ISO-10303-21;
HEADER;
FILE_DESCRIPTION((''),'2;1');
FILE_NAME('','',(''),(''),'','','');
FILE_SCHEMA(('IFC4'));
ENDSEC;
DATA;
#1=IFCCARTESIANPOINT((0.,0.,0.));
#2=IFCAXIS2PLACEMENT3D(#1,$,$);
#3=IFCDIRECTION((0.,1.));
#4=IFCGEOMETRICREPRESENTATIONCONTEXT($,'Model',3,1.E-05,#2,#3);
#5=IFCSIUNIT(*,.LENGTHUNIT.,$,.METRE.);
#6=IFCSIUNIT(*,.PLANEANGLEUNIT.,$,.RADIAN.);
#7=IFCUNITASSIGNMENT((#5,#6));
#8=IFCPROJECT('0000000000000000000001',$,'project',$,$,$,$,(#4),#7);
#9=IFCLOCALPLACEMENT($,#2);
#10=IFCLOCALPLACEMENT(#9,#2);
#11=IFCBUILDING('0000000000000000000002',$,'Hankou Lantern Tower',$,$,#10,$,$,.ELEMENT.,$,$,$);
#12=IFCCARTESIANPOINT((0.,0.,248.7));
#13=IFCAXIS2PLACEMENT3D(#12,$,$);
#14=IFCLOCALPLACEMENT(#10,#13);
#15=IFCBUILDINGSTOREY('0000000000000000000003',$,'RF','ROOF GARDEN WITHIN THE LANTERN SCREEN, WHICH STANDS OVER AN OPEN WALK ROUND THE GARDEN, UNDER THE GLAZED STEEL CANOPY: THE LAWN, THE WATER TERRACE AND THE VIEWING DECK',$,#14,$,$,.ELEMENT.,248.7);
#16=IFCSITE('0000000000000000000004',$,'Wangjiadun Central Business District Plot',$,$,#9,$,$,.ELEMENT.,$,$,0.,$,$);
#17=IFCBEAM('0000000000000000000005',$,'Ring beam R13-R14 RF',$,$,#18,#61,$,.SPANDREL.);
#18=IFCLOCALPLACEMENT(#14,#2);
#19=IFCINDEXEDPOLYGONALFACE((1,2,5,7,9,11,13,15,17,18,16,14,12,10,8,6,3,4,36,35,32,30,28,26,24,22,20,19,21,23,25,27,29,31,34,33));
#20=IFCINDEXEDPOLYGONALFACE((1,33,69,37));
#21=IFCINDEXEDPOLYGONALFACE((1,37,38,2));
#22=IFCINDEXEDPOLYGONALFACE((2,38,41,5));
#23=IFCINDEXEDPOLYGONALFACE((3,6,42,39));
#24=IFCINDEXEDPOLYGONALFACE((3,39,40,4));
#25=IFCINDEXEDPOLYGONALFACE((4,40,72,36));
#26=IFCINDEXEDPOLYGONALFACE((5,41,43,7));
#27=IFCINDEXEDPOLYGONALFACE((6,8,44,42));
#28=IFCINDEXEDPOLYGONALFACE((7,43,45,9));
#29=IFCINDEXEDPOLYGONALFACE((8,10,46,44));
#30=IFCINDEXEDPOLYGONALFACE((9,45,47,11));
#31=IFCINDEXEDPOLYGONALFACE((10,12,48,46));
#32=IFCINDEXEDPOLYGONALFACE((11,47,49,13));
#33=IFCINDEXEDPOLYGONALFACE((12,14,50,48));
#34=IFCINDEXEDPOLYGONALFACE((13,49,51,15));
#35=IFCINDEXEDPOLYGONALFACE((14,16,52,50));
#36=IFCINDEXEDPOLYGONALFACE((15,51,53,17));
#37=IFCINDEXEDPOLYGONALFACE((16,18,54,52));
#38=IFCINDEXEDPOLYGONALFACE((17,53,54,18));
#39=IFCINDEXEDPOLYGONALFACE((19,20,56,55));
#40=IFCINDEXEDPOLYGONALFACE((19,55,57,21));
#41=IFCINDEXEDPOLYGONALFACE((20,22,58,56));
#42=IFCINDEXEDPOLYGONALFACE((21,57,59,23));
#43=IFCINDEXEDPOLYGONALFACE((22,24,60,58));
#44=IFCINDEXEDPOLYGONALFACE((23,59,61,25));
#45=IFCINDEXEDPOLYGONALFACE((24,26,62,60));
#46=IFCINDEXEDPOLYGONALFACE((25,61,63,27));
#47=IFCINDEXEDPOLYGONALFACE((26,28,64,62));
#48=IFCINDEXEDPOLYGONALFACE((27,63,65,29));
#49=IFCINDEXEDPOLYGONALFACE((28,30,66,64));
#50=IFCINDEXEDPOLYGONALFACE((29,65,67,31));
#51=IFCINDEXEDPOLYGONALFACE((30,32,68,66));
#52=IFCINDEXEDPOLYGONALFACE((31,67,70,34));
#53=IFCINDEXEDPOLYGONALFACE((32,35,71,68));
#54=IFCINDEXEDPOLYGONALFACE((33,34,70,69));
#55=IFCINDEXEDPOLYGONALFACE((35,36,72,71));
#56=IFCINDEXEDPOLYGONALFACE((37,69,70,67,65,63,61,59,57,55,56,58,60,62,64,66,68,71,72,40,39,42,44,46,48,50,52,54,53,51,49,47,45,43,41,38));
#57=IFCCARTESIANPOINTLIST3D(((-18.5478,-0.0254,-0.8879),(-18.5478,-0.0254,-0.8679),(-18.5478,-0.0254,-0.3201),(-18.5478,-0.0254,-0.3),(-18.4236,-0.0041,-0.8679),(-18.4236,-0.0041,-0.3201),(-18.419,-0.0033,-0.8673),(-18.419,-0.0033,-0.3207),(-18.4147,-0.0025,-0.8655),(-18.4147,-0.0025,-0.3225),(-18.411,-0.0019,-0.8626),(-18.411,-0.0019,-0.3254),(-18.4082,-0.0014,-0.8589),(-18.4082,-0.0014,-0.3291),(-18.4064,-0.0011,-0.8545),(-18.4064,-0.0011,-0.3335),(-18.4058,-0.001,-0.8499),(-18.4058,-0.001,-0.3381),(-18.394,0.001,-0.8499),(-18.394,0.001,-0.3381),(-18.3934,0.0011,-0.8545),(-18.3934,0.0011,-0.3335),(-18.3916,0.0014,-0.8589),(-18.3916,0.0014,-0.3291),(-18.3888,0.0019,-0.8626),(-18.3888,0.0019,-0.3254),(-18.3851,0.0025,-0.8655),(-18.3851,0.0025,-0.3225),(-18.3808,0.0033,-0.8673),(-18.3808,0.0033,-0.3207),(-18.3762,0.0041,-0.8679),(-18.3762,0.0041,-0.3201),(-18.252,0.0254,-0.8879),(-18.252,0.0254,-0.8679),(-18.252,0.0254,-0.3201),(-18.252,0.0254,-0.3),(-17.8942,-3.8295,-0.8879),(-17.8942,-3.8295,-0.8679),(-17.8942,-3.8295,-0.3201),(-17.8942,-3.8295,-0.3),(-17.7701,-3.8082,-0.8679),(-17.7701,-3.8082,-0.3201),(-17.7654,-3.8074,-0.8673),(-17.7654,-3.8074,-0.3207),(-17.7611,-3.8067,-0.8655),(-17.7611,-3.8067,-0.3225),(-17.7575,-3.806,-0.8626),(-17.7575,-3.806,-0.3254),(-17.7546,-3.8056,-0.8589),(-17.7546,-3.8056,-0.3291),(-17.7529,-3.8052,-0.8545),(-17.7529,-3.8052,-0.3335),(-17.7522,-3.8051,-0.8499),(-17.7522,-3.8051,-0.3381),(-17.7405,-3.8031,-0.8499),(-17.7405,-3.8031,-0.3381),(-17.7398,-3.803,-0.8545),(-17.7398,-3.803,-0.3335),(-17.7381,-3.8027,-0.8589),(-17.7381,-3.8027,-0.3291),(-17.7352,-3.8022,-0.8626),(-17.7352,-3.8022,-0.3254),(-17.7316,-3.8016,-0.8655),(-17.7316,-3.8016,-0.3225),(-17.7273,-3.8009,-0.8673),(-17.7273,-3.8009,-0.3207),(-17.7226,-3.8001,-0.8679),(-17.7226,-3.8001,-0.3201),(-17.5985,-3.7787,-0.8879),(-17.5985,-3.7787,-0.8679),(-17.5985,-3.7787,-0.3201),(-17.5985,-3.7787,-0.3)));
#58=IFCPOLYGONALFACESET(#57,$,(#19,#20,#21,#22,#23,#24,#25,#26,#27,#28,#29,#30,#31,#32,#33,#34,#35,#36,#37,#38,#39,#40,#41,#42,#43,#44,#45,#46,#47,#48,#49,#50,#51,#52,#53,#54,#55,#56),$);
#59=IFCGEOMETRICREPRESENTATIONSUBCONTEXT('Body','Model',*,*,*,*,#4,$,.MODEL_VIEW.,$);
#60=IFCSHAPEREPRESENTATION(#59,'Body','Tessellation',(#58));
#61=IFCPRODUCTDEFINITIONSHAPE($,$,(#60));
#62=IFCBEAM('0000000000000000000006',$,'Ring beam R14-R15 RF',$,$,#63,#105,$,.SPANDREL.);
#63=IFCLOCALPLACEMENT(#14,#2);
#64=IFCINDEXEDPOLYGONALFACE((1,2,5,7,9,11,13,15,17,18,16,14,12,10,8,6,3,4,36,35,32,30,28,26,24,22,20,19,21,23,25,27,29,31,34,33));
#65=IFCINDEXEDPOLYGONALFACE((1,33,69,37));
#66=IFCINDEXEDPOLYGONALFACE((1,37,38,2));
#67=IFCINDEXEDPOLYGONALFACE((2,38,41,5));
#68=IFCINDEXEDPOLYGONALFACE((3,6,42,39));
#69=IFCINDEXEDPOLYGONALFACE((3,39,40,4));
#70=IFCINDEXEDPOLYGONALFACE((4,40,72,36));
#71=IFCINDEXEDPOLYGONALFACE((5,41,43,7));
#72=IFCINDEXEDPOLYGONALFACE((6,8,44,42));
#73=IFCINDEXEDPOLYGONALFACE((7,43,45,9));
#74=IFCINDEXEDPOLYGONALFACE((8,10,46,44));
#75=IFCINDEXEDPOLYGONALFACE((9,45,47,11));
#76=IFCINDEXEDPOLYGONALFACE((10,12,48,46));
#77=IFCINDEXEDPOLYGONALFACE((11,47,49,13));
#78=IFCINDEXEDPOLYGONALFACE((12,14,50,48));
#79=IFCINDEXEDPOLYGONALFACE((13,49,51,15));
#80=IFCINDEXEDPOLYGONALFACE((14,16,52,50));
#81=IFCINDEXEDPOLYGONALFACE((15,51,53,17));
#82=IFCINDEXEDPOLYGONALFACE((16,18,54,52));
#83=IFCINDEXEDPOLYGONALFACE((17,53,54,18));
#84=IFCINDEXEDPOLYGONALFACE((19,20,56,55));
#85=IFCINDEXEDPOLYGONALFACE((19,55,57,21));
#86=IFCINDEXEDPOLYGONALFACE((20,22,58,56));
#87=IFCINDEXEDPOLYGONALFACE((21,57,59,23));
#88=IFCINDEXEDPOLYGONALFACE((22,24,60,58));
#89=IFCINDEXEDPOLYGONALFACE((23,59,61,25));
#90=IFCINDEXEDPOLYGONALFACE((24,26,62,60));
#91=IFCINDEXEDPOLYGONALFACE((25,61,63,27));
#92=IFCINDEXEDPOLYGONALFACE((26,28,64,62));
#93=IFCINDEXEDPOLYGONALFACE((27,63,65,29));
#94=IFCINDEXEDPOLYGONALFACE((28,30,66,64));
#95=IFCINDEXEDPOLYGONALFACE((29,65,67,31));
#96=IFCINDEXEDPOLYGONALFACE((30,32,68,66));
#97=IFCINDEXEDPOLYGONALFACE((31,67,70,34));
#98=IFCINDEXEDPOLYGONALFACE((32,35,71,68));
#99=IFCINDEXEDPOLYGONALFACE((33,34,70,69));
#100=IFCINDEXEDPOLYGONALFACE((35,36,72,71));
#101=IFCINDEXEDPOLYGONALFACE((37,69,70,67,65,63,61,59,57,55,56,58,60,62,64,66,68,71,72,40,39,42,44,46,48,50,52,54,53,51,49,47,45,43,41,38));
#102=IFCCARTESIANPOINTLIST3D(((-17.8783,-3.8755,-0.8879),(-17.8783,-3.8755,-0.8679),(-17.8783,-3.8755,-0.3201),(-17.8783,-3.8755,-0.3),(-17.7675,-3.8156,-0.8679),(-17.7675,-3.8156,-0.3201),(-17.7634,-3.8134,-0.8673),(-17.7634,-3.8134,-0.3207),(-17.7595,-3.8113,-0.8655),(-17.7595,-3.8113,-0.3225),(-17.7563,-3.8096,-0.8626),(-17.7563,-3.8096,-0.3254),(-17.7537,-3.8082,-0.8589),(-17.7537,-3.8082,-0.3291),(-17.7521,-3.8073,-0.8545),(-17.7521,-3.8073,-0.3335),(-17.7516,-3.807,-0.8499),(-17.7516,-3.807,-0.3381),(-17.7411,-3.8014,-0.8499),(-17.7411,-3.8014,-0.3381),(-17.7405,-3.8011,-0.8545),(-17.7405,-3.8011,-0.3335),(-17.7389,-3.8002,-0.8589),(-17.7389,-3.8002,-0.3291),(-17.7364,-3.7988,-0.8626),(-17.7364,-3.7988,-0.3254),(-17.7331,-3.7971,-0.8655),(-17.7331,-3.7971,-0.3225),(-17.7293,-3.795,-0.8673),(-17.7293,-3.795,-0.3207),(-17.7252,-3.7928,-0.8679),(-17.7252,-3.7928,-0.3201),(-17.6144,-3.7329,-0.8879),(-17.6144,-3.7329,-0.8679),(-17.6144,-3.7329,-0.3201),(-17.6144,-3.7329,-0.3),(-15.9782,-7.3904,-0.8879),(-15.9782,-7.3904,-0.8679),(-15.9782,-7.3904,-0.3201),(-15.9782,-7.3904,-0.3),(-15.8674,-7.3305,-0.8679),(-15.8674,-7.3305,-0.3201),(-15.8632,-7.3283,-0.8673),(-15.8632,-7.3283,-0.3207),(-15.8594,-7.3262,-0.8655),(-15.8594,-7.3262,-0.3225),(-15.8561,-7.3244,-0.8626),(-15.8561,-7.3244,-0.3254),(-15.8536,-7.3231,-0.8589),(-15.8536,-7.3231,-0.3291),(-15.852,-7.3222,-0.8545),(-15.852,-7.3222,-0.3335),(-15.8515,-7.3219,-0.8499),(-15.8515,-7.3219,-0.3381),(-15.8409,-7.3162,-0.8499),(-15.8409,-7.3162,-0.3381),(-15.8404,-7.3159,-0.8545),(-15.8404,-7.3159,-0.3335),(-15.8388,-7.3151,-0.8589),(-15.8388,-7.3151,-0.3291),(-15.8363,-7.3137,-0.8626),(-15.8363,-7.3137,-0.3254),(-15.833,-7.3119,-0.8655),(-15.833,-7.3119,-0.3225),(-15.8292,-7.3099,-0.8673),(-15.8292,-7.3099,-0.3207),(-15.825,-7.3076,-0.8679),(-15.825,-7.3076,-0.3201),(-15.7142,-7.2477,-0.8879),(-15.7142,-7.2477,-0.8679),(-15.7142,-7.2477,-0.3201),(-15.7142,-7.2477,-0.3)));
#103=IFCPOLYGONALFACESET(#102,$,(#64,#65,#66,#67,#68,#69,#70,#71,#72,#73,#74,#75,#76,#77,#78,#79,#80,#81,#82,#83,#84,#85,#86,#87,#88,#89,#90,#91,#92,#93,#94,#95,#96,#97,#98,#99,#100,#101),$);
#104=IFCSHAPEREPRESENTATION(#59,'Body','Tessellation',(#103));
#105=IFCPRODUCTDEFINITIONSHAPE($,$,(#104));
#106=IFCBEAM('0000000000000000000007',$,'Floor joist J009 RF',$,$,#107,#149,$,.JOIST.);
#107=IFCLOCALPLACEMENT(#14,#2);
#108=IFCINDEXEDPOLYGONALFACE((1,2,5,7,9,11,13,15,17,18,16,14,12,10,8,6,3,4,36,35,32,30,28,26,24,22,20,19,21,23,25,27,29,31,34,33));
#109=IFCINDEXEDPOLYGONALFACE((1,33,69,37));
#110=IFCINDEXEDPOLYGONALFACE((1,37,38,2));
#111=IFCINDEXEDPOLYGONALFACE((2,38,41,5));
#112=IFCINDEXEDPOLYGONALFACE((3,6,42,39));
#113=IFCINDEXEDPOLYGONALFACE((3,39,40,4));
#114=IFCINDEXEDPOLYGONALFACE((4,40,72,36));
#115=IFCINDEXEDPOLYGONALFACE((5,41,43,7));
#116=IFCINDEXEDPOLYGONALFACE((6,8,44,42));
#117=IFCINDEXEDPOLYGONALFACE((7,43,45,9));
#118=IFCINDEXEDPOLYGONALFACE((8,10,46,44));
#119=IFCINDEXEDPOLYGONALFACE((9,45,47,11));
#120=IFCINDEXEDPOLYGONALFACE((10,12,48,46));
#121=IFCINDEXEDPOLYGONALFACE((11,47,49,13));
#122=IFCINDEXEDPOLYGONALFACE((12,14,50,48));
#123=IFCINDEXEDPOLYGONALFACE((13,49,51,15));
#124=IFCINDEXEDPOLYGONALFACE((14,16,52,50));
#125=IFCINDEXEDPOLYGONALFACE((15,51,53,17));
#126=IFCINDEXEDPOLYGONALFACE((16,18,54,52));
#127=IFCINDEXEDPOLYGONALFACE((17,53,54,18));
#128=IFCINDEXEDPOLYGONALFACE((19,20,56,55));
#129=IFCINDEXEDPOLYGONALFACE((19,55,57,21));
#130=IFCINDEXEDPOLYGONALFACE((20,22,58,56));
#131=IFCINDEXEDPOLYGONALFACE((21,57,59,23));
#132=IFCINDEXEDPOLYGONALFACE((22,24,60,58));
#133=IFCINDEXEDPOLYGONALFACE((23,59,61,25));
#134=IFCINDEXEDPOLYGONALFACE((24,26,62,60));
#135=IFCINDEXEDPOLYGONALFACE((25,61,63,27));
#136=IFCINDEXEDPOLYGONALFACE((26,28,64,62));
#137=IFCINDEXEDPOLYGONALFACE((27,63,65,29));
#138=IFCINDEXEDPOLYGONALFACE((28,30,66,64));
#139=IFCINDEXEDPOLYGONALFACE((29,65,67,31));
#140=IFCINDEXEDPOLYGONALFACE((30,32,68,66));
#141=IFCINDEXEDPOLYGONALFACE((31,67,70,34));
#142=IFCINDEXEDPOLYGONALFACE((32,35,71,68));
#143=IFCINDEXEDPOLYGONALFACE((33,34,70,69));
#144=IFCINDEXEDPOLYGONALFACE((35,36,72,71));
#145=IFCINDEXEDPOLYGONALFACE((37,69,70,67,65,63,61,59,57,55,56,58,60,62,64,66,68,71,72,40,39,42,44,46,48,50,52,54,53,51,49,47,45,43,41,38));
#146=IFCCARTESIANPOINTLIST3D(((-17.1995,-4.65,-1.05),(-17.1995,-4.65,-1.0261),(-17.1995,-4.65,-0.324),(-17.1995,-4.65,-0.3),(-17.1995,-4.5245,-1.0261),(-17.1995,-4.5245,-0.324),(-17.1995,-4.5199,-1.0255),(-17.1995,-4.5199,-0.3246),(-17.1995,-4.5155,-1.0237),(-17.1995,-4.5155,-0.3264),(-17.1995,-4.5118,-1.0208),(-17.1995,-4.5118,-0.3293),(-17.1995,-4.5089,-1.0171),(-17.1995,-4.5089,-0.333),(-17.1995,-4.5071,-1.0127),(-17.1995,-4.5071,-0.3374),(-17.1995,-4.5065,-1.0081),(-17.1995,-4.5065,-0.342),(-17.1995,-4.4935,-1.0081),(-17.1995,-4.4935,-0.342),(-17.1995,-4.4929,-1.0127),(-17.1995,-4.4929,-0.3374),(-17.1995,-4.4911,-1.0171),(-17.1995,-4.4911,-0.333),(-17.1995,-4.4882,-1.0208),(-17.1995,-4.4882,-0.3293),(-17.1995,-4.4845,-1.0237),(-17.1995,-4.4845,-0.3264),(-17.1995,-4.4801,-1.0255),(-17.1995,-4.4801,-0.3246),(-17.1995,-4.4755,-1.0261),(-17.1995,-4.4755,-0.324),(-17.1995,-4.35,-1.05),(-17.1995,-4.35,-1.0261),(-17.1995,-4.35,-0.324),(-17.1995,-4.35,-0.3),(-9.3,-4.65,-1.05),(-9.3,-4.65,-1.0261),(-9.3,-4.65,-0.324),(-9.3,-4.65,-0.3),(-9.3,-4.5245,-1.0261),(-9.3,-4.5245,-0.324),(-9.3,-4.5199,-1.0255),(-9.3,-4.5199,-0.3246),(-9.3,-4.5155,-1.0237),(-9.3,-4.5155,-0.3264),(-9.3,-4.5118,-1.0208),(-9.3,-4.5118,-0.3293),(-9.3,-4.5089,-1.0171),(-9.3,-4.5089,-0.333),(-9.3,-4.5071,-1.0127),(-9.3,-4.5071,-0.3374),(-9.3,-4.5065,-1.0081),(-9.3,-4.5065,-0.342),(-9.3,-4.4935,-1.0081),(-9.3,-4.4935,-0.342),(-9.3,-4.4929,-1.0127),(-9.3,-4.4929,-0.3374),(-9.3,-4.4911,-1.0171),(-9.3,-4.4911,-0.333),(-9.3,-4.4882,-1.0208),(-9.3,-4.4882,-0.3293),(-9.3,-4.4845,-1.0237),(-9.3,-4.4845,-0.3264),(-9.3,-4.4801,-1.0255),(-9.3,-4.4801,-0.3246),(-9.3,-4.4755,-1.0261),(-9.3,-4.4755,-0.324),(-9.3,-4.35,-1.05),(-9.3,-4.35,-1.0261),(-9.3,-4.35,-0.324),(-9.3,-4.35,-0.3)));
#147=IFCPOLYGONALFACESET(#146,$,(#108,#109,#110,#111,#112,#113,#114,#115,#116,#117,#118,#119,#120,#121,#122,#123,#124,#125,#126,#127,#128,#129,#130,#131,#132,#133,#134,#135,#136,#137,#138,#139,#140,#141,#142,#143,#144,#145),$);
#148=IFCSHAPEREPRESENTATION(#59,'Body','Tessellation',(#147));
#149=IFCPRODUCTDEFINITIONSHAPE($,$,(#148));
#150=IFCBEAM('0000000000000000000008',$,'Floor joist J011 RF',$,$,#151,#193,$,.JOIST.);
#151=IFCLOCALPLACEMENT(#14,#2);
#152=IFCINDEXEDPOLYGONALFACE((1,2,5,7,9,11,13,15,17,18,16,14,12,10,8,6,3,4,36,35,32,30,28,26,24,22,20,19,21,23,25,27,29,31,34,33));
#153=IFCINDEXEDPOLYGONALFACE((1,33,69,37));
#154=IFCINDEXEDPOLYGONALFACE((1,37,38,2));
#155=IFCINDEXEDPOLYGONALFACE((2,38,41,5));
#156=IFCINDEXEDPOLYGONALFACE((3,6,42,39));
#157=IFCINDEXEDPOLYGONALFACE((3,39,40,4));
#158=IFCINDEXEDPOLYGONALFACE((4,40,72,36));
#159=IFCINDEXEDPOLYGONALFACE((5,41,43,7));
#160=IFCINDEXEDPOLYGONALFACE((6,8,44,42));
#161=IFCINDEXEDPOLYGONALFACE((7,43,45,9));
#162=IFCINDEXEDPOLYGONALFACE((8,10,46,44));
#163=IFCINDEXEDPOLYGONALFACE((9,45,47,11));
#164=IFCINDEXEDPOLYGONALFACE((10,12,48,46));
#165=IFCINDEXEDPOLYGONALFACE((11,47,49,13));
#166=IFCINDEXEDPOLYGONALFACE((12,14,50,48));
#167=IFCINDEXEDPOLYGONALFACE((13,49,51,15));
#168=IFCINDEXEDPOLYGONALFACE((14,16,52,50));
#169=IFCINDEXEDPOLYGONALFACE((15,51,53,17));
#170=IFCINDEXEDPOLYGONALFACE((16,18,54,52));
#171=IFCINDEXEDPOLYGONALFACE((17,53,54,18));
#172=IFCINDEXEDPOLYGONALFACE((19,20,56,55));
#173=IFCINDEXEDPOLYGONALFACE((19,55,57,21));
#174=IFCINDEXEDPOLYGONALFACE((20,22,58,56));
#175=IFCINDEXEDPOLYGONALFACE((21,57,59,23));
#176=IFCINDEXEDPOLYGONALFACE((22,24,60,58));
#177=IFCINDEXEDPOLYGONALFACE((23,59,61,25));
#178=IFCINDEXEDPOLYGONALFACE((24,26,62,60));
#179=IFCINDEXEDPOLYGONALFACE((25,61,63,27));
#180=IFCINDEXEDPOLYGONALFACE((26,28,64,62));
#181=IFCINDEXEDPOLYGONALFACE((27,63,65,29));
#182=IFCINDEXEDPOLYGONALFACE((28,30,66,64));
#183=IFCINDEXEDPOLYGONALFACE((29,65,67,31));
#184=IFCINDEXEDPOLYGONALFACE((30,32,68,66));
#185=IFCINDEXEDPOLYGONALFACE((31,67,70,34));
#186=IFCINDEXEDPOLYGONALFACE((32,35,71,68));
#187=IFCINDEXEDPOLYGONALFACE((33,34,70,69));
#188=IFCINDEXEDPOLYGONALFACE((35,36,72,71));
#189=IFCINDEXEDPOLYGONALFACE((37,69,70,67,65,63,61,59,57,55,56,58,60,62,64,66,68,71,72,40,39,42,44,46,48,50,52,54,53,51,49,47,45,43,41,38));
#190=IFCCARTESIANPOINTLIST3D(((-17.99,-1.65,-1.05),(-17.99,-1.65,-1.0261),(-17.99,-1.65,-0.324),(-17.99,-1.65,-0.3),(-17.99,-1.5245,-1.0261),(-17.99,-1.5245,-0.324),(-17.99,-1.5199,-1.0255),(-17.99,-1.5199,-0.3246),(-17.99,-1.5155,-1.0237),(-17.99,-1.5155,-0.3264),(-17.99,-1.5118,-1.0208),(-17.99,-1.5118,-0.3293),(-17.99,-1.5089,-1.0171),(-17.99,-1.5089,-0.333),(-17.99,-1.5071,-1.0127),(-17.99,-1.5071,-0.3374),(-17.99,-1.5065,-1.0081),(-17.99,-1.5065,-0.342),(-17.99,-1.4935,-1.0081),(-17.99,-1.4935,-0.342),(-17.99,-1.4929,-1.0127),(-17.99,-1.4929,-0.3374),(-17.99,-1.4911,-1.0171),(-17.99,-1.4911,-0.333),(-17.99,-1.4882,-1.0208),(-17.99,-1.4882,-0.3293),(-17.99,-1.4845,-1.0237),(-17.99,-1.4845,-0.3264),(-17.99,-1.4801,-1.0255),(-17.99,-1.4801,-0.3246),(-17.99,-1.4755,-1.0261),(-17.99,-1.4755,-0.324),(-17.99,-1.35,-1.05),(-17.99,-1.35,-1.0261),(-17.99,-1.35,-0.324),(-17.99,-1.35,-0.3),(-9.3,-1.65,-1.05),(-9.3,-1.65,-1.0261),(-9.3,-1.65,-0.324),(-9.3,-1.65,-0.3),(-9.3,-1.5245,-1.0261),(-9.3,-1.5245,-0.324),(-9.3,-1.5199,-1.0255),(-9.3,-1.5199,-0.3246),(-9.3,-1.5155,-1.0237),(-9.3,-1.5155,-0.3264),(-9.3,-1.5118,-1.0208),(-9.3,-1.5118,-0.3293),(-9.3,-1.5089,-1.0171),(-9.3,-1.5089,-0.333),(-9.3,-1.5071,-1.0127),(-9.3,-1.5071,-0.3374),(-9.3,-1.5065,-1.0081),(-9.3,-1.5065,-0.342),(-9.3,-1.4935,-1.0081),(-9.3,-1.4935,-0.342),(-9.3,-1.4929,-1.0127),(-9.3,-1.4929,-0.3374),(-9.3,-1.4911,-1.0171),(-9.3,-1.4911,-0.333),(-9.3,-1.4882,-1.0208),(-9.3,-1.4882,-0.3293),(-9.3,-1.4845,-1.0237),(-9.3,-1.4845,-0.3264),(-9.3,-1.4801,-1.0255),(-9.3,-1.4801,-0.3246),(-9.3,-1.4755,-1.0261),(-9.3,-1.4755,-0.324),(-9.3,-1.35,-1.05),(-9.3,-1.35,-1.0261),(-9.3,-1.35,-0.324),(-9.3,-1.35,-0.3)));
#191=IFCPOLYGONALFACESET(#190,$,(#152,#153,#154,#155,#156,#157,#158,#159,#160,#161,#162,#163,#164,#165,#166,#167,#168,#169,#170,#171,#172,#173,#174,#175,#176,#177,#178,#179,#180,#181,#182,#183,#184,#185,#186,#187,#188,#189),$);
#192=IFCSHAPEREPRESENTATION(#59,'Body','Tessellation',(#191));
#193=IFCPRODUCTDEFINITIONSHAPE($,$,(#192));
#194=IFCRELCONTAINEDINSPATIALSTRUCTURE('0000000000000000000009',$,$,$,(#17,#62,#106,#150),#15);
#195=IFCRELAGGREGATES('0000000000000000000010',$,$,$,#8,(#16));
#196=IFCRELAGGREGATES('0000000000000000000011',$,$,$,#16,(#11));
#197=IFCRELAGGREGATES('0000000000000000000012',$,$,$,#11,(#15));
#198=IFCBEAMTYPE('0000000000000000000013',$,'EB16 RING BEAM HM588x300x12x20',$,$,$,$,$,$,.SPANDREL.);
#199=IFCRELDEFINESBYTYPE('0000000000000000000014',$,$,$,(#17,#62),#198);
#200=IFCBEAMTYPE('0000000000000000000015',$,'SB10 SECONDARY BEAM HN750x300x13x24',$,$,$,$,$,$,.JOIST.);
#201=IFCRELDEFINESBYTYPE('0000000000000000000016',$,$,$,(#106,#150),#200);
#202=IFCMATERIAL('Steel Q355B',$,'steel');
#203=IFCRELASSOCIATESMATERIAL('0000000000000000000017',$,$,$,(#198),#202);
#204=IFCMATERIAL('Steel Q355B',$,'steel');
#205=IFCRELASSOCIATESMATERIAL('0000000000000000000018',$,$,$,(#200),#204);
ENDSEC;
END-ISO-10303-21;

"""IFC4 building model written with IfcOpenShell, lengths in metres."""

from ifc_helpers import new_model, si_unit, direction, frame, origin, origin_2d, place, context, subcontext, project, spatial, i_section, extrude, material, material_profile, profile_set, type_object, element, save


model = new_model("IFC4")

# Units and contexts
model_context = context("Model", 3, precision=1e-05, world=origin(), true_north=direction((0.0, 1.0)))
body_context = subcontext(model_context, "Body", "Model", "MODEL_VIEW")
ifc_project = project(units=[si_unit("LENGTHUNIT", "METRE"), si_unit("PLANEANGLEUNIT", "RADIAN")], contexts=[model_context])

# Site, building, storey
site_placement = place(None, origin())
site = spatial("IfcSite", under=ifc_project, at=site_placement, Name="Wangjiadun Central Business District Plot", CompositionType="ELEMENT", RefElevation=0.0)
building_placement = place(site_placement, origin())
building = spatial("IfcBuilding", under=site, at=building_placement, Name="Hankou Lantern Tower", CompositionType="ELEMENT")
storey_placement = place(building_placement, frame((0.0, 0.0, 248.7)))
storey = spatial("IfcBuildingStorey", under=building, at=storey_placement, Name="RF", Description="ROOF GARDEN WITHIN THE LANTERN SCREEN, WHICH STANDS OVER AN OPEN WALK ROUND THE GARDEN, UNDER THE GLAZED STEEL CANOPY: THE LAWN, THE WATER TERRACE AND THE VIEWING DECK", CompositionType="ELEMENT", Elevation=248.7)

# Beams
ifc_material_1 = material(Name="Steel Q355B", Category="steel")
ifc_material_profile_1 = material_profile(ifc_material_1, i_section(OverallWidth=0.3, OverallDepth=0.5879, WebThickness=0.012, FlangeThickness=0.02, FilletRadius=0.0181, at=origin_2d()), Name="HM588x300x12x20")
ifc_profile_set_1 = profile_set([ifc_material_profile_1], Name="Steel Q355B")
beam_type_1 = type_object("IfcBeamType", Name="EB16 RING BEAM HM588x300x12x20", PredefinedType="SPANDREL", material=ifc_profile_set_1)
beam_1_placement = place(storey_placement, frame((-18.3999, 0.0, -0.594), z_axis=(0.16932, -0.985561, 0.0), x_axis=(0.985561, 0.16932, 0.0)))
element("IfcBeam", 1, at=beam_1_placement, inside=storey, type_object=beam_type_1, Name="Ring beam R13-R14 RF", PredefinedType="SPANDREL", context=body_context, shape_type="SweptSolid", body=[
    extrude(i_section(OverallWidth=0.3, OverallDepth=0.5879, WebThickness=0.012, FlangeThickness=0.02, FilletRadius=0.0181, at=origin_2d()), origin(), (0.0, 0.0, 1.0), 3.8599),
])
beam_2_placement = place(storey_placement, frame((-17.7463, -3.8042, -0.594), z_axis=(0.475557, -0.879685, 0.0), x_axis=(0.879685, 0.475557, 0.0)))
element("IfcBeam", 2, at=beam_2_placement, inside=storey, type_object=beam_type_1, Name="Ring beam R14-R15 RF", PredefinedType="SPANDREL", context=body_context, shape_type="SweptSolid", body=[
    extrude(i_section(OverallWidth=0.3, OverallDepth=0.5879, WebThickness=0.012, FlangeThickness=0.02, FilletRadius=0.0181, at=origin_2d()), origin(), (0.0, 0.0, 1.0), 3.9956),
])
ifc_material_2 = material(Name="Steel Q355B", Category="steel")
ifc_material_profile_2 = material_profile(ifc_material_2, i_section(OverallWidth=0.3, OverallDepth=0.75, WebThickness=0.0129, FlangeThickness=0.0239, FilletRadius=0.0181, at=origin_2d()), Name="HN750x300x13x24")
ifc_profile_set_2 = profile_set([ifc_material_profile_2], Name="Steel Q355B")
beam_type_2 = type_object("IfcBeamType", Name="SB10 SECONDARY BEAM HN750x300x13x24", PredefinedType="JOIST", material=ifc_profile_set_2)
beam_3_placement = place(storey_placement, frame((-17.1995, -4.5, -0.675), z_axis=(1.0, 0.0, 0.0), x_axis=(0.0, 1.0, 0.0)))
element("IfcBeam", 3, at=beam_3_placement, inside=storey, type_object=beam_type_2, Name="Floor joist J009 RF", PredefinedType="JOIST", context=body_context, shape_type="SweptSolid", body=[
    extrude(i_section(OverallWidth=0.3, OverallDepth=0.75, WebThickness=0.0129, FlangeThickness=0.0239, FilletRadius=0.0181, at=origin_2d()), origin(), (0.0, 0.0, 1.0), 7.8994),
])
beam_4_placement = place(storey_placement, frame((-17.99, -1.5, -0.675), z_axis=(1.0, 0.0, 0.0), x_axis=(0.0, 1.0, 0.0)))
element("IfcBeam", 4, at=beam_4_placement, inside=storey, type_object=beam_type_2, Name="Floor joist J011 RF", PredefinedType="JOIST", context=body_context, shape_type="SweptSolid", body=[
    extrude(i_section(OverallWidth=0.3, OverallDepth=0.75, WebThickness=0.0129, FlangeThickness=0.0239, FilletRadius=0.0181, at=origin_2d()), origin(), (0.0, 0.0, 1.0), 8.6899),
])

save(model, "model.ifc")
